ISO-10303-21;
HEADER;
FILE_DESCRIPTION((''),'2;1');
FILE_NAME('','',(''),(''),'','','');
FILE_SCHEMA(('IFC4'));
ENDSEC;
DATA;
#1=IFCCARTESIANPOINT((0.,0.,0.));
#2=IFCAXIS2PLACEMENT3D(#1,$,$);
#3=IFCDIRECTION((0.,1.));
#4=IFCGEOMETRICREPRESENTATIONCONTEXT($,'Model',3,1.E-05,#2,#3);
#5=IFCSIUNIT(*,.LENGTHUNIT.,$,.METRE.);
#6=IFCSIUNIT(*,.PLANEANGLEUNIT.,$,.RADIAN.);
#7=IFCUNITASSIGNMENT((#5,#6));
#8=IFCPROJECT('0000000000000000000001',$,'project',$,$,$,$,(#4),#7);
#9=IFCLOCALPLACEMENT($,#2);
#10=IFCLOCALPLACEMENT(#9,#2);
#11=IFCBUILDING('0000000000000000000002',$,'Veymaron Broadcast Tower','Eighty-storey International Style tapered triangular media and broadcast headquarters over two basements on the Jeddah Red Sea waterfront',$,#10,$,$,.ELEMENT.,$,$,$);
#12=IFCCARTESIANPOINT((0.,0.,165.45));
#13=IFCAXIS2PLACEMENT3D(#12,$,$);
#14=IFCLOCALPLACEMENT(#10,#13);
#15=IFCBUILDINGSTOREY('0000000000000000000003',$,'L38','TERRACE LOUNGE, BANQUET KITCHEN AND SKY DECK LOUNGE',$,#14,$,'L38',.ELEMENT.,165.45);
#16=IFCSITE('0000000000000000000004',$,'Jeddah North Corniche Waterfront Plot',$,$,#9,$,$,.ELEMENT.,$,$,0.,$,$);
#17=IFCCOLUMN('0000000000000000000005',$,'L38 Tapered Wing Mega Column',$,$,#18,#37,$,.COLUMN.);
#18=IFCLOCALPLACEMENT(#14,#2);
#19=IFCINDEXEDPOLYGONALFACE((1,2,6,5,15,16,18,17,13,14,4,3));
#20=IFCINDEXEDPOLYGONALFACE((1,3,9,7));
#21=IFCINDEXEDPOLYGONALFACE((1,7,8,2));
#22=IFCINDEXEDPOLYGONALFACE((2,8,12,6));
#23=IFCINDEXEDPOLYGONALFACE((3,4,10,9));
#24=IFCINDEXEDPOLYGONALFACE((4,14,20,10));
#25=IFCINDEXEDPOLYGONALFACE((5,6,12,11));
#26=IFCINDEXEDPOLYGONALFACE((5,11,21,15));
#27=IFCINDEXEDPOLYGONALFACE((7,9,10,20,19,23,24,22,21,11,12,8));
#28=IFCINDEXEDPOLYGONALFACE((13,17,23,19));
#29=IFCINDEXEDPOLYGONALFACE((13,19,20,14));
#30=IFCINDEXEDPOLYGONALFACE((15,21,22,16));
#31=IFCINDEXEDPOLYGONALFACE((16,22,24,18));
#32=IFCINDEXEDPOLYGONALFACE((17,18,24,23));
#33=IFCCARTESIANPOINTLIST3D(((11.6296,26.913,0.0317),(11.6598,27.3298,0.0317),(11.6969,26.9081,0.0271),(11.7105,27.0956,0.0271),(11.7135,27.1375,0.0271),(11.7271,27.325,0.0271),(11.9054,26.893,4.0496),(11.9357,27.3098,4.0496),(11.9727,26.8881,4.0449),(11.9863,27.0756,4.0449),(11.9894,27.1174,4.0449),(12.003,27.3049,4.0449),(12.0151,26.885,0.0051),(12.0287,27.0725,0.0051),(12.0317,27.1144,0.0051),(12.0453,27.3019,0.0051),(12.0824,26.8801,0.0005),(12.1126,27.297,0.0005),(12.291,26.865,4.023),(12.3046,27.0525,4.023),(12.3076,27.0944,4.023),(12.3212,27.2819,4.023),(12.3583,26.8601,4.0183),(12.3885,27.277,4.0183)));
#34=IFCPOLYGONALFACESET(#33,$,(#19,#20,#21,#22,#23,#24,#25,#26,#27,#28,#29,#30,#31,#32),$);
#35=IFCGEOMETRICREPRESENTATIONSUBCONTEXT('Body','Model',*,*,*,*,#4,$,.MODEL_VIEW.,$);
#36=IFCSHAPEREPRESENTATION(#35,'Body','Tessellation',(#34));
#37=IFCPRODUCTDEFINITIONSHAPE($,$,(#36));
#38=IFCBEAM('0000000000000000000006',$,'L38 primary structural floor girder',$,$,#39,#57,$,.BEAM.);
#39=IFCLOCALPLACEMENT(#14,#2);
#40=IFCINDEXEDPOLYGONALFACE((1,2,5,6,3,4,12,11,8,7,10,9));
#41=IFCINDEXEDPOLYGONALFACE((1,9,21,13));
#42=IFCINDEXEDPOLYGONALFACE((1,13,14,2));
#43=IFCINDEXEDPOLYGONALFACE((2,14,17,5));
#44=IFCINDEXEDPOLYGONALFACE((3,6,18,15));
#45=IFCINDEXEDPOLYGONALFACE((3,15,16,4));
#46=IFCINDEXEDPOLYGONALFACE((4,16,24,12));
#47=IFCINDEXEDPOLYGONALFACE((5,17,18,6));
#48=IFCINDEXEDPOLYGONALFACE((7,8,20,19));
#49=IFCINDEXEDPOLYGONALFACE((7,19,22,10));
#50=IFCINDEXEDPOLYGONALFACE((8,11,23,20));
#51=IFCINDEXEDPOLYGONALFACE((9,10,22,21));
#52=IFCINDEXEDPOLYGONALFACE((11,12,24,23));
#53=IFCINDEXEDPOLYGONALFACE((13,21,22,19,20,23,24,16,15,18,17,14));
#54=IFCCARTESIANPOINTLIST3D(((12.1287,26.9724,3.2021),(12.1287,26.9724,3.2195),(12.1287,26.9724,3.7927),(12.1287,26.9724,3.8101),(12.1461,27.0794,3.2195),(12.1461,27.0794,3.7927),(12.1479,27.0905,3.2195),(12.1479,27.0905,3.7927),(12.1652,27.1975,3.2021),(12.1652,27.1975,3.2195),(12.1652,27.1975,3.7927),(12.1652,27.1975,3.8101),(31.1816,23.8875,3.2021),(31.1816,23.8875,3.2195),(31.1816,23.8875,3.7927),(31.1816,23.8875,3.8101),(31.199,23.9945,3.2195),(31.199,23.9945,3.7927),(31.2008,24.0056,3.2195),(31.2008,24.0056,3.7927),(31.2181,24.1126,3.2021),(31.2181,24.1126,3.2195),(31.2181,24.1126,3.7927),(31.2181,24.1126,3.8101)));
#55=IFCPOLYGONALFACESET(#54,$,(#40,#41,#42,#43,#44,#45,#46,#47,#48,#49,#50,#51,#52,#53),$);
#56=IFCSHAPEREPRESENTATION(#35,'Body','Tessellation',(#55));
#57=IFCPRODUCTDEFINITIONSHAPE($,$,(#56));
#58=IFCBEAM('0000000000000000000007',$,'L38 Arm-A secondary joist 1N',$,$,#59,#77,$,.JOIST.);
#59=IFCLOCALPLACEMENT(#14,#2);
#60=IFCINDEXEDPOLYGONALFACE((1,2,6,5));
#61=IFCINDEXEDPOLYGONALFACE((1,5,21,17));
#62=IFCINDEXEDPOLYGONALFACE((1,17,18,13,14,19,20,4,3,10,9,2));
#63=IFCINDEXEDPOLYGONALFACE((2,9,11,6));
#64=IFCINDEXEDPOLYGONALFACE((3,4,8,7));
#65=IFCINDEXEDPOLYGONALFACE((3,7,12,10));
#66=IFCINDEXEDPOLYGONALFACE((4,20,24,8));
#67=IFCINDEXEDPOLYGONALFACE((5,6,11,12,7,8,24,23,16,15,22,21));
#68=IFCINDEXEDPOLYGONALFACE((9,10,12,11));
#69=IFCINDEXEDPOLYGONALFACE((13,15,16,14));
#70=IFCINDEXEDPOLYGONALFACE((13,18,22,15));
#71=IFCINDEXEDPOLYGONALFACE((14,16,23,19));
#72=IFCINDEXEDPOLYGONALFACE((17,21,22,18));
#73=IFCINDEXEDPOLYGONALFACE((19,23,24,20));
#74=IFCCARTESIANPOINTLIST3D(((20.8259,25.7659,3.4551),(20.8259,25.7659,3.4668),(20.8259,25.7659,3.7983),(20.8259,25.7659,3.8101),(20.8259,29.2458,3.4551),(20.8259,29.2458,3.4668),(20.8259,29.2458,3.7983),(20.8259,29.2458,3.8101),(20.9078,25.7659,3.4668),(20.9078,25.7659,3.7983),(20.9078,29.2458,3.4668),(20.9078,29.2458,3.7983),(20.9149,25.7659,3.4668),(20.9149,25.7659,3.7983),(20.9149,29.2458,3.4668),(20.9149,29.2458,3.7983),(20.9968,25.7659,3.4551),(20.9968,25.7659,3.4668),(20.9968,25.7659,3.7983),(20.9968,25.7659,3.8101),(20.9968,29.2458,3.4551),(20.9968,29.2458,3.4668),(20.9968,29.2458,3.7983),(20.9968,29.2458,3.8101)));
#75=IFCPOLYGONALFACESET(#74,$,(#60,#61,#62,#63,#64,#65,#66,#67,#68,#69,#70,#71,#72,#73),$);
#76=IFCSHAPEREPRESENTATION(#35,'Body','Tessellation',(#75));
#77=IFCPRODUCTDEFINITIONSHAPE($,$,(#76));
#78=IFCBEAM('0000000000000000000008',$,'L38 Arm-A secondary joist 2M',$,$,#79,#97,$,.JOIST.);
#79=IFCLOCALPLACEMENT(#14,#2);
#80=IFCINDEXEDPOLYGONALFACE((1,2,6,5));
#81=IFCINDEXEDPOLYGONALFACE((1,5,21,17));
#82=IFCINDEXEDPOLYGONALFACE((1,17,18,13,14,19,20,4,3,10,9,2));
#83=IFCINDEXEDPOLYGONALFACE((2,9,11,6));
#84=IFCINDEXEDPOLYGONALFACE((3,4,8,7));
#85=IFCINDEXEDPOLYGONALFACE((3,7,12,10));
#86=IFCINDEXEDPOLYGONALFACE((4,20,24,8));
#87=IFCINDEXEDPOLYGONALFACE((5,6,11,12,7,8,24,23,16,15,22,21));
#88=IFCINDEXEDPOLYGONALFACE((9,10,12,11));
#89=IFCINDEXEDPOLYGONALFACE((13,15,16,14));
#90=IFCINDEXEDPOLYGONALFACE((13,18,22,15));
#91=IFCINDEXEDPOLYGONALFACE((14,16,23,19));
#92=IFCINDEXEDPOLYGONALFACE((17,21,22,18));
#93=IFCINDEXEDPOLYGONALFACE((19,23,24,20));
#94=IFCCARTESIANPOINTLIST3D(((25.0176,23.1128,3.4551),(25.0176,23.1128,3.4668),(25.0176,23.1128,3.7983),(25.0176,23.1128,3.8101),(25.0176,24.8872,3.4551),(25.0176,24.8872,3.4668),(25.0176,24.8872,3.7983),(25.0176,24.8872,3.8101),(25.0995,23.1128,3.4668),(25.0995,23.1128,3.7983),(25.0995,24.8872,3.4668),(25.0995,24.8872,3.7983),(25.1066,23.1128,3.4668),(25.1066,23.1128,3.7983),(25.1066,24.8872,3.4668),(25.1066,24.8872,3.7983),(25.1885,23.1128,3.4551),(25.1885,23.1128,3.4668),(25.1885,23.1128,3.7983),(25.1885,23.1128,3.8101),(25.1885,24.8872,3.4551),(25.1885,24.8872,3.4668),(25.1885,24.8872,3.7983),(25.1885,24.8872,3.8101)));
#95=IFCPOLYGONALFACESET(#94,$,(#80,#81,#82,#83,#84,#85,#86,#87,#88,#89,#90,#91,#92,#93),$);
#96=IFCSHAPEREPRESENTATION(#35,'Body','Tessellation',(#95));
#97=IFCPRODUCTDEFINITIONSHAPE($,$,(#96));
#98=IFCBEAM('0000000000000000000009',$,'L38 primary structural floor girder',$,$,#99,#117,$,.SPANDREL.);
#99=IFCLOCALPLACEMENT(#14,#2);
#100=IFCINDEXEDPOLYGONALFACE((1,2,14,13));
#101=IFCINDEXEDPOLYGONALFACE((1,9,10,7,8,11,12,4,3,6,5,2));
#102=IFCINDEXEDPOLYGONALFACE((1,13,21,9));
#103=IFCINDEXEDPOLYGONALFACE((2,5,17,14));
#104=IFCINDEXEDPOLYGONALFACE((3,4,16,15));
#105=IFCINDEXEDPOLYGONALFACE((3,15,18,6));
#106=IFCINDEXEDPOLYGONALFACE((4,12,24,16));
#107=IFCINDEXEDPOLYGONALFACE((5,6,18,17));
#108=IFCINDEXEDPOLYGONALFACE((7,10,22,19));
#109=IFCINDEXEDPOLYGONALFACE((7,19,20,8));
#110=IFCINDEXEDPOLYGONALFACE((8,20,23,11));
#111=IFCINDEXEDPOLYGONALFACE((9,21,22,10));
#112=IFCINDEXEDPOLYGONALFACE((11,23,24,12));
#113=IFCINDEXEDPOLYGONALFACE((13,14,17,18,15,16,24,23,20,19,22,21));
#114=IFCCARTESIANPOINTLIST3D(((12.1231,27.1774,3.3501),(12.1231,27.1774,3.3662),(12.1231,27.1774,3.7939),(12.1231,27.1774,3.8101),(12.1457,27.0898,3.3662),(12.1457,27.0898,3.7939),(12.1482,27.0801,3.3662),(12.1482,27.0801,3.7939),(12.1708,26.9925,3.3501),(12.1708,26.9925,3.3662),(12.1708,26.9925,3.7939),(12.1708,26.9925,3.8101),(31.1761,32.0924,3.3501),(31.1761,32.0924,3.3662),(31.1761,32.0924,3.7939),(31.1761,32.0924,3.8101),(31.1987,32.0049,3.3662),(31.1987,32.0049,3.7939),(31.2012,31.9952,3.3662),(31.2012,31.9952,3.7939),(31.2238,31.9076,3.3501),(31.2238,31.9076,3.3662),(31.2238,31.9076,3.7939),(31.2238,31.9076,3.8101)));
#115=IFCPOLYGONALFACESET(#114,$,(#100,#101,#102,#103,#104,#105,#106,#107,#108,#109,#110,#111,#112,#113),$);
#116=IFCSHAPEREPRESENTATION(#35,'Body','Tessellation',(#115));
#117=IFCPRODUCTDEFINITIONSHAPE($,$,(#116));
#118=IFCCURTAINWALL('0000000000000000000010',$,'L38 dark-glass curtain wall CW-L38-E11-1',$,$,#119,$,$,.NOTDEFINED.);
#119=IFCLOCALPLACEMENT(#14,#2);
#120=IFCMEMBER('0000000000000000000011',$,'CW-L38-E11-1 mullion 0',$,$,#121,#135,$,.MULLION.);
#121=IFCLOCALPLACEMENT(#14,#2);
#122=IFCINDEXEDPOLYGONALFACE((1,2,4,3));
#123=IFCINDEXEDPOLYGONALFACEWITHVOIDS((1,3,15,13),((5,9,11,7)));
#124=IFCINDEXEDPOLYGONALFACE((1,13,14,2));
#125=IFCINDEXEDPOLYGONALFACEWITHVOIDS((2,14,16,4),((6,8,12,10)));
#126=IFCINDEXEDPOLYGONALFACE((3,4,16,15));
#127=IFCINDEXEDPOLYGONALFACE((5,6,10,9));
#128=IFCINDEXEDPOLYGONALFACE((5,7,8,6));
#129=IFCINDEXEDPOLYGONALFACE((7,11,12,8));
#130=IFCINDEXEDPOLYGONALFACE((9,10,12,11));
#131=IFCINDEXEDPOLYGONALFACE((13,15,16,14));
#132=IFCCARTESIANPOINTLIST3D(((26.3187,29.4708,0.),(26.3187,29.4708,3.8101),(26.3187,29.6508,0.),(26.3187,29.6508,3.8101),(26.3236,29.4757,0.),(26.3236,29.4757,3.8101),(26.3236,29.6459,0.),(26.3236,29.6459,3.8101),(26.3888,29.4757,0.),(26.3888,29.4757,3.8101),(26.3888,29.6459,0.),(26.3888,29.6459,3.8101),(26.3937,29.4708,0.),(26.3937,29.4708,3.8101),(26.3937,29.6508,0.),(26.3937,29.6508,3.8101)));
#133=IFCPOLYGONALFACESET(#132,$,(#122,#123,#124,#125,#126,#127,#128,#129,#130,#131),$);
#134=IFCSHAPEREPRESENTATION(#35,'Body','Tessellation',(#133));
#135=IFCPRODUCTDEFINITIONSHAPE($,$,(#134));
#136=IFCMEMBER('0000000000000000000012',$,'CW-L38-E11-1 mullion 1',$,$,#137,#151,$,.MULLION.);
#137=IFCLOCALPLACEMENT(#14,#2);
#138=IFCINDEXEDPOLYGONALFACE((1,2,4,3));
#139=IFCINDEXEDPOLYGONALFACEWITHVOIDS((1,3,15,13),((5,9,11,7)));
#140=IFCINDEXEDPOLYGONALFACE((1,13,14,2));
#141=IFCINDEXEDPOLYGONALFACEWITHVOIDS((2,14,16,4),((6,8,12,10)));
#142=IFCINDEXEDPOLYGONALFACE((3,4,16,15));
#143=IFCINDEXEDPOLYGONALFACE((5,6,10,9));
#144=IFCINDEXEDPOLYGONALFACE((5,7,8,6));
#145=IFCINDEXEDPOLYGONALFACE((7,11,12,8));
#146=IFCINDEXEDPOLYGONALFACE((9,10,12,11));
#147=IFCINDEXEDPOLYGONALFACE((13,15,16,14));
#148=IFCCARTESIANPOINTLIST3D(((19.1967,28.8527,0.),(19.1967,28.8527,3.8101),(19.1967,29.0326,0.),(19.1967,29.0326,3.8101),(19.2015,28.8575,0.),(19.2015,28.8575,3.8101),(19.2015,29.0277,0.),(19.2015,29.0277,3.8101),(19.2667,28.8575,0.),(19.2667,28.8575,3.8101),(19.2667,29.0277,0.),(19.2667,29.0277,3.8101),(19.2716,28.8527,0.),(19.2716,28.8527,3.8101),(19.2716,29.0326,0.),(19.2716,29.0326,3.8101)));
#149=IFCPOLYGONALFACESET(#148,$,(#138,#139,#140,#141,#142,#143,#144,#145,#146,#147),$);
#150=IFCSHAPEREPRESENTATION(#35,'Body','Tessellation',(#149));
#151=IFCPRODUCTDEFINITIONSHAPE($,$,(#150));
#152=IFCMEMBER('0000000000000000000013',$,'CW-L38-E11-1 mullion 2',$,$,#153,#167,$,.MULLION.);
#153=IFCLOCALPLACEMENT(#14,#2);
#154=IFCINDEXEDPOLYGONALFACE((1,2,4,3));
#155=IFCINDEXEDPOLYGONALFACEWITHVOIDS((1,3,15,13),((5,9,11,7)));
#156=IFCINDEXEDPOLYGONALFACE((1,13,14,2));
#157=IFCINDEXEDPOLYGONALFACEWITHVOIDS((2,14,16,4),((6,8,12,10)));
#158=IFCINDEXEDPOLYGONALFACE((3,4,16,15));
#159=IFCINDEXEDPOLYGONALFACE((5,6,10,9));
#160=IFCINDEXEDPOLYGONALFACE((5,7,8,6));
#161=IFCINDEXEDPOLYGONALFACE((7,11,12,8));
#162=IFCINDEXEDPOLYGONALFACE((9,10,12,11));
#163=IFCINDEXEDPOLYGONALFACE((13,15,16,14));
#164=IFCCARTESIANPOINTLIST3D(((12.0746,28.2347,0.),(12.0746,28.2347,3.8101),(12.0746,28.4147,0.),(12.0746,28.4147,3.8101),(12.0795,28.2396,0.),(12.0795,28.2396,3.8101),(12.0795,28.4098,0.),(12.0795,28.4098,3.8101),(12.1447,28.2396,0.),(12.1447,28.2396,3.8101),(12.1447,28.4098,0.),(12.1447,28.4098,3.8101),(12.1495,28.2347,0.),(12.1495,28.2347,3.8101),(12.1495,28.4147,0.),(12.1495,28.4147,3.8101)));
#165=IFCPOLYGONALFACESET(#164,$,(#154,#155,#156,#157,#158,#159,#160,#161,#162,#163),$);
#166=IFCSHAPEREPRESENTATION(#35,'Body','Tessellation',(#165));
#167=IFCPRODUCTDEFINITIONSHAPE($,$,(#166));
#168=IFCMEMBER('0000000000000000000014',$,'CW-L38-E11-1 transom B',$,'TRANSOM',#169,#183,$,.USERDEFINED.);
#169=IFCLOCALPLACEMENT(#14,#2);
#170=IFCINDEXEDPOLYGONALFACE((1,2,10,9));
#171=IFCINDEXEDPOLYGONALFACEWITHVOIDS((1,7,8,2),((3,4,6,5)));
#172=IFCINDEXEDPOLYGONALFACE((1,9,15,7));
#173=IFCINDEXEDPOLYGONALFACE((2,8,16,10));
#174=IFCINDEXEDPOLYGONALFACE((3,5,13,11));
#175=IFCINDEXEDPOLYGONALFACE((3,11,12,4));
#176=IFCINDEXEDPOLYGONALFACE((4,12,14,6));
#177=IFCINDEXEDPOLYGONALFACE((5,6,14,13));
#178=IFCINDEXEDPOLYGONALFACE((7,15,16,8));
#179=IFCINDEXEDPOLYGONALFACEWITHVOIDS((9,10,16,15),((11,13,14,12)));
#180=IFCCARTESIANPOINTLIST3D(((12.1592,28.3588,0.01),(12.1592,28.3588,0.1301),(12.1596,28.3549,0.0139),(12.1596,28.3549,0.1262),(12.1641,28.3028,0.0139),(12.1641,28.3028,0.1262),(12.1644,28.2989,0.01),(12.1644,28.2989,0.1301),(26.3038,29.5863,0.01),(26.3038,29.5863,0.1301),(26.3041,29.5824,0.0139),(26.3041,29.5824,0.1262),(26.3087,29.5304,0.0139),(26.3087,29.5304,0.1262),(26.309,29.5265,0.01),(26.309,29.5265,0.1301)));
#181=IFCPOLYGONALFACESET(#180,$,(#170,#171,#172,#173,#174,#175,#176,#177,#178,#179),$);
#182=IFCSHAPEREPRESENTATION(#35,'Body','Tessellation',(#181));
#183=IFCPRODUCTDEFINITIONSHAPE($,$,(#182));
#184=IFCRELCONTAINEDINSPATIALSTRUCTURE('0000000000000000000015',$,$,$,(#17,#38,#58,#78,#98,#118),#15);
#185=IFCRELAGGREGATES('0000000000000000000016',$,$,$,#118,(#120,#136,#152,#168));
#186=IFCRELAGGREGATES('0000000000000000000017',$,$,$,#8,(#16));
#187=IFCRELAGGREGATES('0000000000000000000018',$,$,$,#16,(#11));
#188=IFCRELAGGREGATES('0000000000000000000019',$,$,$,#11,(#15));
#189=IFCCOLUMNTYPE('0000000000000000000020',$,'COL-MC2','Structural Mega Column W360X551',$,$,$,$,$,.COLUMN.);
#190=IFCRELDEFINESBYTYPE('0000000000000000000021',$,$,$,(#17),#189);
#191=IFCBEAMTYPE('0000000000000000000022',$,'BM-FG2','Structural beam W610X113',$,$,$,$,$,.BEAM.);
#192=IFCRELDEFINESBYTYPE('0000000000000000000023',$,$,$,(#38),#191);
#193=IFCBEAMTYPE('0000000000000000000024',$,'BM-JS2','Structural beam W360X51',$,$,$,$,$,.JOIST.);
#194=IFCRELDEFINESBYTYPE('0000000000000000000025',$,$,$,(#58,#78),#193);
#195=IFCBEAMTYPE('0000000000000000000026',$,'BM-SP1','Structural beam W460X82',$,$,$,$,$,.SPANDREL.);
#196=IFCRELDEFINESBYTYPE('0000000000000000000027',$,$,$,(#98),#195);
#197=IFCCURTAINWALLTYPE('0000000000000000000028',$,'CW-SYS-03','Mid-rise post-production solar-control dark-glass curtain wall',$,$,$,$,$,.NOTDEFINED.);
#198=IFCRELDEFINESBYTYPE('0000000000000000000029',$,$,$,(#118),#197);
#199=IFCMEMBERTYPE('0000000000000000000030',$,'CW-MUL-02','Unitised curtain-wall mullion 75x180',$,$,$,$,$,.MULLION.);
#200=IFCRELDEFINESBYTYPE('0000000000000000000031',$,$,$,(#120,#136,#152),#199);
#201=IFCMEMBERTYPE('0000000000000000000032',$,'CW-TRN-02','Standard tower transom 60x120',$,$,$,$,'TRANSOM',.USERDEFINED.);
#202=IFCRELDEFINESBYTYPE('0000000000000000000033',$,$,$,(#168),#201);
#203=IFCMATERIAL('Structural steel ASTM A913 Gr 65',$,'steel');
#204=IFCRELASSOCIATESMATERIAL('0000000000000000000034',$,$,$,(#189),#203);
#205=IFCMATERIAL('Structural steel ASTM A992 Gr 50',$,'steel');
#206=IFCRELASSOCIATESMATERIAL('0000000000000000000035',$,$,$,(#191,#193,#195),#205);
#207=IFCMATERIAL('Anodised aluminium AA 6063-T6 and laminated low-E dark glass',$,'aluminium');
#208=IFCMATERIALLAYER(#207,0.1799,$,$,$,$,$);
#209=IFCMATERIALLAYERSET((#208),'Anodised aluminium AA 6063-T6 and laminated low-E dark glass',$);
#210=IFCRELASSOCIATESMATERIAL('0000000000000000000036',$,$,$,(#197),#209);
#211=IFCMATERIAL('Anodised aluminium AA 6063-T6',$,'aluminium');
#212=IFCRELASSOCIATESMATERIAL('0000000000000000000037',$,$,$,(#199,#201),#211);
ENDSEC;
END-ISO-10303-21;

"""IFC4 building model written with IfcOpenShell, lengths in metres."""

from ifc_helpers import new_model, si_unit, direction, frame, origin, origin_2d, place, context, subcontext, project, spatial, hollow_rectangle, i_section, extrude, material, layer, layer_set, material_profile, profile_set, type_object, element, aggregate, save


model = new_model("IFC4")

# Units and contexts
model_context = context("Model", 3, precision=1e-05, world=origin(), true_north=direction((0.0, 1.0)))
body_context = subcontext(model_context, "Body", "Model", "MODEL_VIEW")
ifc_project = project(units=[si_unit("LENGTHUNIT", "METRE"), si_unit("PLANEANGLEUNIT", "RADIAN")], contexts=[model_context])

# Site, building, storey
site_placement = place(None, origin())
site = spatial("IfcSite", under=ifc_project, at=site_placement, Name="Jeddah North Corniche Waterfront Plot", CompositionType="ELEMENT", RefElevation=0.0)
building_placement = place(site_placement, origin())
building = spatial("IfcBuilding", under=site, at=building_placement, Name="Veymaron Broadcast Tower", Description="Eighty-storey International Style tapered triangular media and broadcast headquarters over two basements on the Jeddah Red Sea waterfront", CompositionType="ELEMENT")
storey_placement = place(building_placement, frame((0.0, 0.0, 165.45)))
storey = spatial("IfcBuildingStorey", under=building, at=storey_placement, Name="L38", Description="TERRACE LOUNGE, BANQUET KITCHEN AND SKY DECK LOUNGE", LongName="L38", CompositionType="ELEMENT", Elevation=165.45)

# Column
ifc_material_1 = material(Name="Structural steel ASTM A913 Gr 65", Category="steel")
ifc_material_profile_1 = material_profile(ifc_material_1, i_section(OverallWidth=0.418, OverallDepth=0.4551, WebThickness=0.042, FlangeThickness=0.0676, at=origin_2d()), Name="W360X551")
ifc_profile_set_1 = profile_set([ifc_material_profile_1], Name="Structural steel ASTM A913 Gr 65")
column_type = type_object("IfcColumnType", Name="COL-MC2", Description="Structural Mega Column W360X551", PredefinedType="COLUMN", material=ifc_profile_set_1)
column_placement = place(storey_placement, frame((11.8711, 27.105, 0.0161), z_axis=(0.068502, -0.004971, 0.997639), x_axis=(0.072376, 0.997377, 0.0)))
element("IfcColumn", 1, at=column_placement, inside=storey, type_object=column_type, Name="L38 Tapered Wing Mega Column", PredefinedType="COLUMN", context=body_context, shape_type="SweptSolid", body=[
    extrude(i_section(OverallWidth=0.418, OverallDepth=0.4551, WebThickness=0.042, FlangeThickness=0.0676, at=origin_2d()), origin(), (0.0, 0.0, 1.0), 4.0273),
])

# Beams
ifc_material_2 = material(Name="Structural steel ASTM A992 Gr 50", Category="steel")
ifc_material_profile_2 = material_profile(ifc_material_2, i_section(OverallWidth=0.228, OverallDepth=0.6079, WebThickness=0.0112, FlangeThickness=0.0173, at=origin_2d()), Name="W610X113")
ifc_profile_set_2 = profile_set([ifc_material_profile_2], Name="Structural steel ASTM A992 Gr 50")
beam_type_1 = type_object("IfcBeamType", Name="BM-FG2", Description="Structural beam W610X113", PredefinedType="BEAM", material=ifc_profile_set_2)
beam_1_placement = place(storey_placement, frame((12.147, 27.085, 3.5061), z_axis=(0.987144, -0.159833, 0.0), x_axis=(0.159833, 0.987144, 0.0)))
element("IfcBeam", 2, at=beam_1_placement, inside=storey, type_object=beam_type_1, Name="L38 primary structural floor girder", PredefinedType="BEAM", context=body_context, shape_type="SweptSolid", body=[
    extrude(i_section(OverallWidth=0.228, OverallDepth=0.6079, WebThickness=0.0112, FlangeThickness=0.0173, at=origin_2d()), origin(), (0.0, 0.0, 1.0), 19.301),
])
ifc_material_profile_3 = material_profile(ifc_material_2, i_section(OverallWidth=0.1709, OverallDepth=0.355, WebThickness=0.0071, FlangeThickness=0.0117, at=origin_2d()), Name="W360X51")
ifc_profile_set_3 = profile_set([ifc_material_profile_3], Name="Structural steel ASTM A992 Gr 50")
beam_type_2 = type_object("IfcBeamType", Name="BM-JS2", Description="Structural beam W360X51", PredefinedType="JOIST", material=ifc_profile_set_3)
beam_2_placement = place(storey_placement, frame((20.9114, 25.7659, 3.6326), z_axis=(0.0, 1.0, 0.0), x_axis=(-1.0, 0.0, 0.0)))
element("IfcBeam", 3, at=beam_2_placement, inside=storey, type_object=beam_type_2, Name="L38 Arm-A secondary joist 1N", PredefinedType="JOIST", context=body_context, shape_type="SweptSolid", body=[
    extrude(i_section(OverallWidth=0.1709, OverallDepth=0.355, WebThickness=0.0071, FlangeThickness=0.0117, at=origin_2d()), origin(), (0.0, 0.0, 1.0), 3.48),
])
beam_3_placement = place(storey_placement, frame((25.103, 23.1128, 3.6326), z_axis=(0.0, 1.0, 0.0), x_axis=(-1.0, 0.0, 0.0)))
element("IfcBeam", 4, at=beam_3_placement, inside=storey, type_object=beam_type_2, Name="L38 Arm-A secondary joist 2M", PredefinedType="JOIST", context=body_context, shape_type="SweptSolid", body=[
    extrude(i_section(OverallWidth=0.1709, OverallDepth=0.355, WebThickness=0.0071, FlangeThickness=0.0117, at=origin_2d()), origin(), (0.0, 0.0, 1.0), 1.7744),
])
ifc_material_profile_4 = material_profile(ifc_material_2, i_section(OverallWidth=0.1909, OverallDepth=0.46, WebThickness=0.01, FlangeThickness=0.0161, at=origin_2d()), Name="W460X82")
ifc_profile_set_4 = profile_set([ifc_material_profile_4], Name="Structural steel ASTM A992 Gr 50")
beam_type_3 = type_object("IfcBeamType", Name="BM-SP1", Description="Structural beam W460X82", PredefinedType="SPANDREL", material=ifc_profile_set_4)
beam_4_placement = place(storey_placement, frame((12.147, 27.085, 3.5801), z_axis=(0.9683, 0.249789, 0.0), x_axis=(-0.249789, 0.9683, 0.0)))
element("IfcBeam", 5, at=beam_4_placement, inside=storey, type_object=beam_type_3, Name="L38 primary structural floor girder", PredefinedType="SPANDREL", context=body_context, shape_type="SweptSolid", body=[
    extrude(i_section(OverallWidth=0.1909, OverallDepth=0.46, WebThickness=0.01, FlangeThickness=0.0161, at=origin_2d()), origin(), (0.0, 0.0, 1.0), 19.6768),
])

# Curtain wall, members
ifc_material_3 = material(Name="Anodised aluminium AA 6063-T6 and laminated low-E dark glass", Category="aluminium")
ifc_layer_1 = layer(ifc_material_3, 0.1799)
ifc_layer_set_1 = layer_set([ifc_layer_1], Name="Anodised aluminium AA 6063-T6 and laminated low-E dark glass")
curtain_wall_type = type_object("IfcCurtainWallType", Name="CW-SYS-03", Description="Mid-rise post-production solar-control dark-glass curtain wall", PredefinedType="NOTDEFINED", material=ifc_layer_set_1)
curtain_wall_placement = place(storey_placement, origin())
curtain_wall = element("IfcCurtainWall", 6, at=curtain_wall_placement, inside=storey, type_object=curtain_wall_type, Name="L38 dark-glass curtain wall CW-L38-E11-1", PredefinedType="NOTDEFINED")
ifc_material_4 = material(Name="Anodised aluminium AA 6063-T6", Category="aluminium")
ifc_material_profile_5 = material_profile(ifc_material_4, hollow_rectangle(XDim=0.075, YDim=0.1799, WallThickness=0.0049, at=origin_2d()), Name="AL180X75X5")
ifc_profile_set_5 = profile_set([ifc_material_profile_5], Name="Anodised aluminium AA 6063-T6")
member_type_1 = type_object("IfcMemberType", Name="CW-MUL-02", Description="Unitised curtain-wall mullion 75x180", PredefinedType="MULLION", material=ifc_profile_set_5)
member_1_placement = place(storey_placement, frame((26.3562, 29.5608, 0.0), z_axis=(0.0, 0.0, 1.0), x_axis=(1.0, 0.0, 0.0)))
member_1 = element("IfcMember", 7, at=member_1_placement, type_object=member_type_1, Name="CW-L38-E11-1 mullion 0", PredefinedType="MULLION", context=body_context, shape_type="SweptSolid", body=[
    extrude(hollow_rectangle(XDim=0.075, YDim=0.1799, WallThickness=0.0049, at=origin_2d()), origin(), (0.0, 0.0, 1.0), 3.8101),
])
member_2_placement = place(storey_placement, frame((19.2341, 28.9426, 0.0), z_axis=(0.0, 0.0, 1.0), x_axis=(1.0, 0.0, 0.0)))
member_2 = element("IfcMember", 8, at=member_2_placement, type_object=member_type_1, Name="CW-L38-E11-1 mullion 1", PredefinedType="MULLION", context=body_context, shape_type="SweptSolid", body=[
    extrude(hollow_rectangle(XDim=0.075, YDim=0.1799, WallThickness=0.0049, at=origin_2d()), origin(), (0.0, 0.0, 1.0), 3.8101),
])
member_3_placement = place(storey_placement, frame((12.1121, 28.3247, 0.0), z_axis=(0.0, 0.0, 1.0), x_axis=(1.0, 0.0, 0.0)))
member_3 = element("IfcMember", 9, at=member_3_placement, type_object=member_type_1, Name="CW-L38-E11-1 mullion 2", PredefinedType="MULLION", context=body_context, shape_type="SweptSolid", body=[
    extrude(hollow_rectangle(XDim=0.075, YDim=0.1799, WallThickness=0.0049, at=origin_2d()), origin(), (0.0, 0.0, 1.0), 3.8101),
])
ifc_material_profile_6 = material_profile(ifc_material_4, hollow_rectangle(XDim=0.0601, YDim=0.1201, WallThickness=0.0039, at=origin_2d()), Name="AL120X60X4")
ifc_profile_set_6 = profile_set([ifc_material_profile_6], Name="Anodised aluminium AA 6063-T6")
member_type_2 = type_object("IfcMemberType", Name="CW-TRN-02", Description="Standard tower transom 60x120", ElementType="TRANSOM", PredefinedType="USERDEFINED", material=ifc_profile_set_6)
member_4_placement = place(storey_placement, frame((26.3064, 29.5564, 0.0701), z_axis=(-0.996255, -0.08646, 0.0), x_axis=(0.08646, -0.996255, 0.0)))
member_4 = element("IfcMember", 10, at=member_4_placement, type_object=member_type_2, Name="CW-L38-E11-1 transom B", ObjectType="TRANSOM", PredefinedType="USERDEFINED", context=body_context, shape_type="SweptSolid", body=[
    extrude(hollow_rectangle(XDim=0.0601, YDim=0.1201, WallThickness=0.0039, at=origin_2d()), origin(), (0.0, 0.0, 1.0), 14.1978),
])
aggregate(curtain_wall, [member_1, member_2, member_3, member_4])

save(model, "model.ifc")
